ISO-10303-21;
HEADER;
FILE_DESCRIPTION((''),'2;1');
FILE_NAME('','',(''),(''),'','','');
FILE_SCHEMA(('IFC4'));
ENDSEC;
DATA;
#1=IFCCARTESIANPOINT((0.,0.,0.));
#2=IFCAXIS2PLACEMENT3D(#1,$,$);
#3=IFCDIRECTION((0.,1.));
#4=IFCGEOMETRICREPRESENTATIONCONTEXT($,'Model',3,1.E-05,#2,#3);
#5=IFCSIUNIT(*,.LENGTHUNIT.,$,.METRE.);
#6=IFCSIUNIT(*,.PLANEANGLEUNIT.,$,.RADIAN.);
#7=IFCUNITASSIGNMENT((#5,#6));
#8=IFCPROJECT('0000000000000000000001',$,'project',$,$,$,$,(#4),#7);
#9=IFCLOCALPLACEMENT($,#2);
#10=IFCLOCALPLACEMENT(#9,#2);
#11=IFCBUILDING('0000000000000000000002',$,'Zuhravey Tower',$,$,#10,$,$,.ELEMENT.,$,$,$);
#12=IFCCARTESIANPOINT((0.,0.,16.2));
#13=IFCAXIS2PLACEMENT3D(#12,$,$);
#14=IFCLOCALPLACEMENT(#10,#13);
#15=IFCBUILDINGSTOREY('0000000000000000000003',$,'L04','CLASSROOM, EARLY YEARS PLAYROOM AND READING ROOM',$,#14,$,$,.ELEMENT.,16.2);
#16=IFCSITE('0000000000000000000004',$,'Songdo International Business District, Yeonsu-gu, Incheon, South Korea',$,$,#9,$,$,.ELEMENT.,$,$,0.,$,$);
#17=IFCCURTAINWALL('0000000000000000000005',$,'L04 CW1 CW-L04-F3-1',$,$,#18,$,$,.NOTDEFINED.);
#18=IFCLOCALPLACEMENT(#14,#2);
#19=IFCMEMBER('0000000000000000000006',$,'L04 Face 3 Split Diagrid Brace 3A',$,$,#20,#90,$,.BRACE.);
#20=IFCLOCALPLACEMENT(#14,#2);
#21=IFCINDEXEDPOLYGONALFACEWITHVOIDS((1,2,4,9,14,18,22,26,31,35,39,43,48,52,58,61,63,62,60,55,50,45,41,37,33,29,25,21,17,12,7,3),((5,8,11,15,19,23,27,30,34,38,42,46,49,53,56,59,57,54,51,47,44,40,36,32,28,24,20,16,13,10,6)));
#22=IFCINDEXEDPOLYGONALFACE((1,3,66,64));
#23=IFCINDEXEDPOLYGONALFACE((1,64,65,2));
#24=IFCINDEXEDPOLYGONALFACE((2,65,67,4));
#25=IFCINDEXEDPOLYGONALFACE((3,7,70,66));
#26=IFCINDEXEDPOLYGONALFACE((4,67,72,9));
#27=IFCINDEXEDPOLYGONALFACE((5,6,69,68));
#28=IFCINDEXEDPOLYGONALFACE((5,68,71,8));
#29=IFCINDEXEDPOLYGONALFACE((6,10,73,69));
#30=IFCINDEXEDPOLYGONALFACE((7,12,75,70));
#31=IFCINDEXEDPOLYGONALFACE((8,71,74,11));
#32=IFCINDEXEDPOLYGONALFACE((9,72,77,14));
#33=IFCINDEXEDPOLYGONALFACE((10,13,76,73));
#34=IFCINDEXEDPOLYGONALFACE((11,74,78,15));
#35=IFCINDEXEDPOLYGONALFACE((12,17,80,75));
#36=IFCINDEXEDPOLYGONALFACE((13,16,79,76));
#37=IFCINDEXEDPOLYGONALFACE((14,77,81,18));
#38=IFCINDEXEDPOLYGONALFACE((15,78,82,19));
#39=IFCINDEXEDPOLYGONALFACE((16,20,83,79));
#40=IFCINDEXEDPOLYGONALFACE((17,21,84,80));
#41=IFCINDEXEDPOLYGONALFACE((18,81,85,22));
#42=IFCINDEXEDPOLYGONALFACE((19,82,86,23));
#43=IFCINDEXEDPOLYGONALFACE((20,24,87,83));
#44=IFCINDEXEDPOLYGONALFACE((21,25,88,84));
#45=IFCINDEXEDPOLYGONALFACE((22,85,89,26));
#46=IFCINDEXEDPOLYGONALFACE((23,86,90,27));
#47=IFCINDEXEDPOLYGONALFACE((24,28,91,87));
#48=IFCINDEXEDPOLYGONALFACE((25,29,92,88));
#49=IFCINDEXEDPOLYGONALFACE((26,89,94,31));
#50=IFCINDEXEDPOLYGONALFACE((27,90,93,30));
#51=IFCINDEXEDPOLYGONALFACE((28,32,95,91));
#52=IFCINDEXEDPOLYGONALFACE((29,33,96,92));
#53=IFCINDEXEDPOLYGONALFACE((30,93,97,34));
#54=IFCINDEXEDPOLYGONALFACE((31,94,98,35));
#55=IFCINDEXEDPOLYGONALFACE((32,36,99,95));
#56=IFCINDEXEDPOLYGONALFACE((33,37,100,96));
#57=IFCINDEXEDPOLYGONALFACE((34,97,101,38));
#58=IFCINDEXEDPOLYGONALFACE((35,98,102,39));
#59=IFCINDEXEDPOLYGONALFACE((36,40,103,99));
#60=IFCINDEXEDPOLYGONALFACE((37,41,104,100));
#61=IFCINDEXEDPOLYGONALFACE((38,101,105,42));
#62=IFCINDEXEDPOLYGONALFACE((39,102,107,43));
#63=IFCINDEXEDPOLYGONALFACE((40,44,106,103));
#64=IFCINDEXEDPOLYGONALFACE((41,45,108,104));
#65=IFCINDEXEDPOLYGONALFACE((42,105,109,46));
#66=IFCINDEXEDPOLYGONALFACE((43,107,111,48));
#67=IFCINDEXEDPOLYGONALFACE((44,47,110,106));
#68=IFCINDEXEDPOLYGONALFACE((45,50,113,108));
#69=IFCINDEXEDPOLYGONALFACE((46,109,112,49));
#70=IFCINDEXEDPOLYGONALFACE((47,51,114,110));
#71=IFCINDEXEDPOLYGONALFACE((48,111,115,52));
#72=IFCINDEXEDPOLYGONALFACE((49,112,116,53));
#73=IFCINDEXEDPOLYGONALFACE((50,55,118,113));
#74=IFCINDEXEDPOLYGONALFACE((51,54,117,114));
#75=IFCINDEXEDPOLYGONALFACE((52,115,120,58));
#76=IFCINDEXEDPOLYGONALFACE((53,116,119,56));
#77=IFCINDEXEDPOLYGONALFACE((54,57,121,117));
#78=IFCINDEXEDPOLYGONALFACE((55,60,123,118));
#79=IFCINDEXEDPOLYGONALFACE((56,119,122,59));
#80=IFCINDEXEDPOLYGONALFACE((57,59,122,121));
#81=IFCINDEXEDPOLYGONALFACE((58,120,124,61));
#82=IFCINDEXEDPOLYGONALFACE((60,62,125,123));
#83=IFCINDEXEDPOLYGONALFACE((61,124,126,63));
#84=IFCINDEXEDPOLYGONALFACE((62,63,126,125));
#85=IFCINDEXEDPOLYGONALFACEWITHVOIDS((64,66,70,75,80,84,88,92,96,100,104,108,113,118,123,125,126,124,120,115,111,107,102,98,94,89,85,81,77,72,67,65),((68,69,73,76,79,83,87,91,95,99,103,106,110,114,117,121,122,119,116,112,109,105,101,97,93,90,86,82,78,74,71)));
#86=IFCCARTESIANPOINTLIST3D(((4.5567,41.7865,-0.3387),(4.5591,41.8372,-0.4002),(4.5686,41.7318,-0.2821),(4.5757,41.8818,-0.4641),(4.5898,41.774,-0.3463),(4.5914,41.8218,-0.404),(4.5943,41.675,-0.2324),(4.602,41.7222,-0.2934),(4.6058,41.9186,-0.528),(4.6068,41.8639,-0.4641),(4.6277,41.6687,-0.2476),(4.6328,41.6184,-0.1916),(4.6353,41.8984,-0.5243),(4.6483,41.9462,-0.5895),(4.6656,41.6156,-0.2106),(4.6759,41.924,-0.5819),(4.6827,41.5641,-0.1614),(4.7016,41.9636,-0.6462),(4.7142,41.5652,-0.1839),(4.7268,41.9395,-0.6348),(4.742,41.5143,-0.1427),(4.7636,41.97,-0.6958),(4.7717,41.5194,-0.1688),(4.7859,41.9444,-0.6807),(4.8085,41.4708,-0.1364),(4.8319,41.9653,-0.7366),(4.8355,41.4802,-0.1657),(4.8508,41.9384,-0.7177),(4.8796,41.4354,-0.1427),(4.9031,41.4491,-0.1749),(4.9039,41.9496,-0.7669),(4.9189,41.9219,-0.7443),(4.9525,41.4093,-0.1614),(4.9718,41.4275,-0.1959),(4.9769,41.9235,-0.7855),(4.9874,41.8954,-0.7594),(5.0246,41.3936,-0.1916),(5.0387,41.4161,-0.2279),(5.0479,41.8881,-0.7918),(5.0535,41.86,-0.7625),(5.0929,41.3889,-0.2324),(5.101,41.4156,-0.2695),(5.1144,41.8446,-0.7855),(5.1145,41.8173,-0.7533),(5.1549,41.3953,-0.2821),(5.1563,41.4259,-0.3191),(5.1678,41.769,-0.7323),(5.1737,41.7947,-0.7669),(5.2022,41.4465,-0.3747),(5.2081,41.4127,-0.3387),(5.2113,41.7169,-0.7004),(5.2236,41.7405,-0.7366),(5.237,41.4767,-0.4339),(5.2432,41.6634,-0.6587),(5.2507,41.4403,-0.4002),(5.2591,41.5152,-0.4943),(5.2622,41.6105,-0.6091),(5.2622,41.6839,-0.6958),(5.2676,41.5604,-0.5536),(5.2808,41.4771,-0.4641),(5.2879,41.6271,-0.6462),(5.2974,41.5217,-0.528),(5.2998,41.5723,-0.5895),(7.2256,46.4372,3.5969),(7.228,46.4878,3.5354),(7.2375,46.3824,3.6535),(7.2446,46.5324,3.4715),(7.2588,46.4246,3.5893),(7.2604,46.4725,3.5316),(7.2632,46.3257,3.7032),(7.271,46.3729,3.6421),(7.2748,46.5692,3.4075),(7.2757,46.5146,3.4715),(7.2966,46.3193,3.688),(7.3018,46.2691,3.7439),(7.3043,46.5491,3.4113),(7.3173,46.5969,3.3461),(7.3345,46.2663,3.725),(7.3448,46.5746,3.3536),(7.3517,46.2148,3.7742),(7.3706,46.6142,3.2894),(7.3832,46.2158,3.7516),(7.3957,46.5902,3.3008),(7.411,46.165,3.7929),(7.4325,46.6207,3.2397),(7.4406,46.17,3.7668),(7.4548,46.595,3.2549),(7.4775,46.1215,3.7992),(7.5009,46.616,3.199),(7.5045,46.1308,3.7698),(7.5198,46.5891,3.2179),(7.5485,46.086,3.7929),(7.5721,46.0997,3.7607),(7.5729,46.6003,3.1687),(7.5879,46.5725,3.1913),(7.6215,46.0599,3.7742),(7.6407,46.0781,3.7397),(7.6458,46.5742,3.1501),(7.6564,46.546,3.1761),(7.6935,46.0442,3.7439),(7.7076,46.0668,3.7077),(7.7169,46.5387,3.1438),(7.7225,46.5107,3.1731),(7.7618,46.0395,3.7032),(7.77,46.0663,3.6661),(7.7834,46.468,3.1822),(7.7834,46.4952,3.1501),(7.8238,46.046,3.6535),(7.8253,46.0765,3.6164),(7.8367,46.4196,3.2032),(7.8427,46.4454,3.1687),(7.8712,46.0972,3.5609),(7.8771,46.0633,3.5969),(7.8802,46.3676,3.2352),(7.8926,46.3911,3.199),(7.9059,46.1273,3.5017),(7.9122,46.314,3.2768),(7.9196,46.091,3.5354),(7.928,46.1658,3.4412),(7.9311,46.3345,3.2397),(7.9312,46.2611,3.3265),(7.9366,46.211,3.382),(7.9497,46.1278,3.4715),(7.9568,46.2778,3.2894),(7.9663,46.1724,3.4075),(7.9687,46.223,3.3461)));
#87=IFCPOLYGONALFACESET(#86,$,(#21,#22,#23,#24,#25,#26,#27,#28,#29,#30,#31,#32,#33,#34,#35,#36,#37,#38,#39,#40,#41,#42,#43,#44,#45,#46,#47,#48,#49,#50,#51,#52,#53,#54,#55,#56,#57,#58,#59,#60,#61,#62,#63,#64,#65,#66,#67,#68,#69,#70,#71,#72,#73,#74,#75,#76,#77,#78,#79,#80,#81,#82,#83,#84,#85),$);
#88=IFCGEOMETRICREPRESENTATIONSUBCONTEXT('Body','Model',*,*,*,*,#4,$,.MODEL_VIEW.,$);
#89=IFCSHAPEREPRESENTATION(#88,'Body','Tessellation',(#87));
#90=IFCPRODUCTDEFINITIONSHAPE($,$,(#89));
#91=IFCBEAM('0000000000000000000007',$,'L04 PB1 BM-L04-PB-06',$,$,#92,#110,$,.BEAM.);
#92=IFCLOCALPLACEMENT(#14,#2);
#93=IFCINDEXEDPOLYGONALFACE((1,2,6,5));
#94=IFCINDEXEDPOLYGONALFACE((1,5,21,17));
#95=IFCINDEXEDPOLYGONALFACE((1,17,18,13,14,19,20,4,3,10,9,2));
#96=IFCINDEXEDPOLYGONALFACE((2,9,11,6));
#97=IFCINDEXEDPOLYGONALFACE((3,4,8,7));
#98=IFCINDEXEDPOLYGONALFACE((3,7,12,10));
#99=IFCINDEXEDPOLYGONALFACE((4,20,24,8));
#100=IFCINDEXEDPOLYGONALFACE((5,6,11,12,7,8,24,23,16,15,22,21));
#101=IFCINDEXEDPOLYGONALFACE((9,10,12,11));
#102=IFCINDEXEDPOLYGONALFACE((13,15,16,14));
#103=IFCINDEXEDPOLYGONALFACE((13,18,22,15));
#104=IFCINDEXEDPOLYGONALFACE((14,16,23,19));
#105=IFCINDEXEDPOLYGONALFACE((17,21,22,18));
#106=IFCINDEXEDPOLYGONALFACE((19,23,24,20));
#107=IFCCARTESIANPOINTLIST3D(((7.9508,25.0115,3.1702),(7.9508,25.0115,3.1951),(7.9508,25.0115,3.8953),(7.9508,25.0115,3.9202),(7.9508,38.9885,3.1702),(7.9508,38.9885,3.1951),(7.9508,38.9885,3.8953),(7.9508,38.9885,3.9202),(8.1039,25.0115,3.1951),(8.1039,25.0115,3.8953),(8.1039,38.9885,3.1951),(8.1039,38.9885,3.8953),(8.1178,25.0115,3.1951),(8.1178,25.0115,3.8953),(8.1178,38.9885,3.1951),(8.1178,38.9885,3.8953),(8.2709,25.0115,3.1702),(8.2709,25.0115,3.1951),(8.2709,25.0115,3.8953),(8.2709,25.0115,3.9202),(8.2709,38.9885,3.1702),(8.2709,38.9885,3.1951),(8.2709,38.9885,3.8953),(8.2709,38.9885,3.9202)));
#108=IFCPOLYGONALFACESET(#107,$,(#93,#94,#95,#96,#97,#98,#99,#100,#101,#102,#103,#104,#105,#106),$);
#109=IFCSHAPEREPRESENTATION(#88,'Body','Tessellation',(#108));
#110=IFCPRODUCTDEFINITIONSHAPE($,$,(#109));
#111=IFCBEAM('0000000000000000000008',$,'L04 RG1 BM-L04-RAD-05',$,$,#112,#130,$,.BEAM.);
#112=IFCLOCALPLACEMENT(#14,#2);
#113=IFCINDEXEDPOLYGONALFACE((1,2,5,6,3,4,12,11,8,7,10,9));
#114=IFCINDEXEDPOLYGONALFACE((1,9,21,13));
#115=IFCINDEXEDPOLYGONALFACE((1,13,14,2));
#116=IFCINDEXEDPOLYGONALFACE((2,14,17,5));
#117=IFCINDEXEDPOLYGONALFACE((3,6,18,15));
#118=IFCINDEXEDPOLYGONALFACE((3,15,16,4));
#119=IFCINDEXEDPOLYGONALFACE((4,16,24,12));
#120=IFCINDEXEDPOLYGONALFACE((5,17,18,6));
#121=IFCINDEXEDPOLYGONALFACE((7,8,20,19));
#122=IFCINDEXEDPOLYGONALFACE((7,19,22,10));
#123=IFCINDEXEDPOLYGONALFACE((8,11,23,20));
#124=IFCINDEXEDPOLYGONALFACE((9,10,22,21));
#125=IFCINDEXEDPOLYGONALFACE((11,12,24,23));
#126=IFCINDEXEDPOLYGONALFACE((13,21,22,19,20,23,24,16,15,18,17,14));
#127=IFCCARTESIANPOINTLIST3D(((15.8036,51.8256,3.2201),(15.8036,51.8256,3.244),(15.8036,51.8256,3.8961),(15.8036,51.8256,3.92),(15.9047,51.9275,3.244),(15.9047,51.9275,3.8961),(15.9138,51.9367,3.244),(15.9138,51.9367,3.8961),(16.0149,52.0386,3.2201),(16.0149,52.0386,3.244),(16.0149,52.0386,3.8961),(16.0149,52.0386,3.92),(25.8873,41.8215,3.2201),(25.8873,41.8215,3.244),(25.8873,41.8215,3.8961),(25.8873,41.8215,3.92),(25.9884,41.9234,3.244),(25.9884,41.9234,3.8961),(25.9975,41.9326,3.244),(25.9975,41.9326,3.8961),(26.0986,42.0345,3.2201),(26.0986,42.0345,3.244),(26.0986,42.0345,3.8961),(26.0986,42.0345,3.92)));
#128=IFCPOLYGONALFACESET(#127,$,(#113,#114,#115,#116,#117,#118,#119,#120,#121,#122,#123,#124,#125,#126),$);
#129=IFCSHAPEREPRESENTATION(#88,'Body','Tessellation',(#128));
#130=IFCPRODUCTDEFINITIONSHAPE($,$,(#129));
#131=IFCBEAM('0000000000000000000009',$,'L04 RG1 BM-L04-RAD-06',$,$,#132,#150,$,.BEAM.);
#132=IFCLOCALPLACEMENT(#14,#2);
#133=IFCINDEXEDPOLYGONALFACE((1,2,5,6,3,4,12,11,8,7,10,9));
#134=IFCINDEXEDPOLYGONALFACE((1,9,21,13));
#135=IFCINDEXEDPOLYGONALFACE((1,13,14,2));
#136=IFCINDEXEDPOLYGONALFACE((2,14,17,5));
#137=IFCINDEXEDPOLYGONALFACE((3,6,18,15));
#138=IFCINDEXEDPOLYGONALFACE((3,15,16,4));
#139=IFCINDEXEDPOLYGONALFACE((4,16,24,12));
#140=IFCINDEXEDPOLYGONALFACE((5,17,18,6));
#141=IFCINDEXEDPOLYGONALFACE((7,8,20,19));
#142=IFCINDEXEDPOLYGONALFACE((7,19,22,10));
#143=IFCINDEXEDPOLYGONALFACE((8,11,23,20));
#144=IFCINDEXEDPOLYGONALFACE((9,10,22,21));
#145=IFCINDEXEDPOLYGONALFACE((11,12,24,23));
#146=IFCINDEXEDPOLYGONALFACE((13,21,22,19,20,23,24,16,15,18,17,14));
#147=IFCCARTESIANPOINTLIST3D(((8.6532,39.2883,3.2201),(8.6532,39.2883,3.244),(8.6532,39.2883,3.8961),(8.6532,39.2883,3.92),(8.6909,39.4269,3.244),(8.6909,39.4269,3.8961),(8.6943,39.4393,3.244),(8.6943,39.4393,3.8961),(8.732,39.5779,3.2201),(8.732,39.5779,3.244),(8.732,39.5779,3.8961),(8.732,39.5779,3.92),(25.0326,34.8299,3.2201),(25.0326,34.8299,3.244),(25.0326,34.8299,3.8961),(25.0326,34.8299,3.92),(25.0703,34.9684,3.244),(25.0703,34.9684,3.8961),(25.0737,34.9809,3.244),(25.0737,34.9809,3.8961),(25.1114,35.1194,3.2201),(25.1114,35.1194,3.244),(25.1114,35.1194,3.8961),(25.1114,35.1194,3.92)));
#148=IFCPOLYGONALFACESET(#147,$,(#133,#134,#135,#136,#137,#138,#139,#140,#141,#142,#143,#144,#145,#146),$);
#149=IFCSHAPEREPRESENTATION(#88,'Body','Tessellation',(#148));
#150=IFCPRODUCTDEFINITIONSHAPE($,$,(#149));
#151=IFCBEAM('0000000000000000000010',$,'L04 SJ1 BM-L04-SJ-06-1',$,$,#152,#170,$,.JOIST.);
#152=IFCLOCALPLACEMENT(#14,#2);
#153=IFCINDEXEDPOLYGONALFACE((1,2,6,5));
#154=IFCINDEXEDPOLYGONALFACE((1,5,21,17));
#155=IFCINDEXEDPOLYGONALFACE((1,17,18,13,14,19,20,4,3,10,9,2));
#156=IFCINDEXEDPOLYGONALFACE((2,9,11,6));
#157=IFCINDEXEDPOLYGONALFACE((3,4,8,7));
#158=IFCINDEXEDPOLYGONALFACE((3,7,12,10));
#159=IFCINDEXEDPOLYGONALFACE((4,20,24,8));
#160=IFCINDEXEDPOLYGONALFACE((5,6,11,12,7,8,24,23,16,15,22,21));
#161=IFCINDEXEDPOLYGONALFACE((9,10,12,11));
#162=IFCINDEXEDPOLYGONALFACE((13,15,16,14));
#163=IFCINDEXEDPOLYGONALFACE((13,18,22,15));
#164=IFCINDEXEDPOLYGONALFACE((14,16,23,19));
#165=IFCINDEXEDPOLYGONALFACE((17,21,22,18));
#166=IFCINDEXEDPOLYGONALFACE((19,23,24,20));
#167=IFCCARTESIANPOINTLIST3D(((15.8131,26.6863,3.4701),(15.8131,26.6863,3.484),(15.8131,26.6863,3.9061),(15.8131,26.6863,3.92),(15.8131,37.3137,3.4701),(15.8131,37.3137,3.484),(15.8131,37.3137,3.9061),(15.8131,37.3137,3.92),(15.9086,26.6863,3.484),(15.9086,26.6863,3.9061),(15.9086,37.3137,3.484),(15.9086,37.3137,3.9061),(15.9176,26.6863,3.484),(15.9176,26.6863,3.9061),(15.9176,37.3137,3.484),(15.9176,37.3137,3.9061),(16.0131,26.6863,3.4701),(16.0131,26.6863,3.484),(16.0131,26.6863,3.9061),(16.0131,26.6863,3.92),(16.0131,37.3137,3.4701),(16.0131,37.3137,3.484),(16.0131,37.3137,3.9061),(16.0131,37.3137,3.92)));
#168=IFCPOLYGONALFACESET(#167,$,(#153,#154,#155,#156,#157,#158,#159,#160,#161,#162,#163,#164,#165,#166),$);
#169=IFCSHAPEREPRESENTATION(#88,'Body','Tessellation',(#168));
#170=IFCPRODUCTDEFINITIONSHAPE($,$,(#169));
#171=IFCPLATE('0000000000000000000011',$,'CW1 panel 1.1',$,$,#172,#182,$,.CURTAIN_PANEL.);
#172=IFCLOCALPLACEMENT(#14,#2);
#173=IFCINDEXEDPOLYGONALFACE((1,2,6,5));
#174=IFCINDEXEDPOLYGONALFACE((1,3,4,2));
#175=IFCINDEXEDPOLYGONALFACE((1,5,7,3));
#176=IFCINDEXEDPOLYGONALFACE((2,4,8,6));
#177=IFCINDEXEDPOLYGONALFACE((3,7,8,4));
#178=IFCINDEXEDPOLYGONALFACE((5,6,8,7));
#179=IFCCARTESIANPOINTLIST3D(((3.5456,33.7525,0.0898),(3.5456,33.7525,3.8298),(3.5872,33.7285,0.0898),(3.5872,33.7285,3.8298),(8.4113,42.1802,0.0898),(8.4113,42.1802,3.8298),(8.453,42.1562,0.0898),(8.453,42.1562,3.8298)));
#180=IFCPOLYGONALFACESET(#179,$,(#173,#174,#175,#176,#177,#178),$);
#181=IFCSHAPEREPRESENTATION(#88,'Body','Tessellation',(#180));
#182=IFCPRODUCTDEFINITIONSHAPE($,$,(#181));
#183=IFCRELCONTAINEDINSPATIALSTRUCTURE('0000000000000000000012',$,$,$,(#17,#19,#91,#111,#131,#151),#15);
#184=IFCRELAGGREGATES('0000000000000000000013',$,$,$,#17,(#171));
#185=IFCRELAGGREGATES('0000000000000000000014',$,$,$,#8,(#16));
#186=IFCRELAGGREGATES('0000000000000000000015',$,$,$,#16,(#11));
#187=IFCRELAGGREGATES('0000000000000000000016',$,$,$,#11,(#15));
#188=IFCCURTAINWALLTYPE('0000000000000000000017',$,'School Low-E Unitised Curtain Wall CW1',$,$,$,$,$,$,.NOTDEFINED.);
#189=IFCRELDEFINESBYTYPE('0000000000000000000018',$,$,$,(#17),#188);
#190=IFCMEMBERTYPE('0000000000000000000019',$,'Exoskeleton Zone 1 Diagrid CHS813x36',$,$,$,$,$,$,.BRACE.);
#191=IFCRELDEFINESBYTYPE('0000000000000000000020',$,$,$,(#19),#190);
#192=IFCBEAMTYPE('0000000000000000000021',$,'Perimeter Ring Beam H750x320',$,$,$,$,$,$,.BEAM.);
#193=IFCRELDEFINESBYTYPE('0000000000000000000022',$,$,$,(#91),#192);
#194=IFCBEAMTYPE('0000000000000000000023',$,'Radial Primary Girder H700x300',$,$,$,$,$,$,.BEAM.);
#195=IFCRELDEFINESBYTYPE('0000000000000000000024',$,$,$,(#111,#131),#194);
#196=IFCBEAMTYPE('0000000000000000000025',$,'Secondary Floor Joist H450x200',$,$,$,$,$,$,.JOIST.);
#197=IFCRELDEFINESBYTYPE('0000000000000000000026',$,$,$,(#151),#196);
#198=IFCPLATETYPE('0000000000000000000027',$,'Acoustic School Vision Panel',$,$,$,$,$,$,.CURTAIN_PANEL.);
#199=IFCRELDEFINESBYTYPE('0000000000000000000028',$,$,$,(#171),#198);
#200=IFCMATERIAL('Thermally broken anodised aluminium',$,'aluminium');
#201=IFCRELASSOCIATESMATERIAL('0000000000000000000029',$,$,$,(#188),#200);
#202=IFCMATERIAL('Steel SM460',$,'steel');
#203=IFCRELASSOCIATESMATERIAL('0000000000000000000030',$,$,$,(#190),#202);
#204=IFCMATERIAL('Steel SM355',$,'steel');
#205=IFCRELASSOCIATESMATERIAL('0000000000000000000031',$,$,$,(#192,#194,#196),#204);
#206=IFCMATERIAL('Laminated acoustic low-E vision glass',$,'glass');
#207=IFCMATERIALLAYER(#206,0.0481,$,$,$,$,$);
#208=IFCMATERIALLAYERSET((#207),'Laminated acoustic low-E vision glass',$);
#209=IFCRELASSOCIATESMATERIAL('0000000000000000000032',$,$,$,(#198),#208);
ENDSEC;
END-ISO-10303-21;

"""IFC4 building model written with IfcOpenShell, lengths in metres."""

from ifc_helpers import new_model, si_unit, direction, frame, origin, origin_2d, place, context, subcontext, project, spatial, rectangle, hollow_circle, i_section, extrude, material, layer, layer_set, material_profile, profile_set, type_object, element, aggregate, save


model = new_model("IFC4")

# Units and contexts
model_context = context("Model", 3, precision=1e-05, world=origin(), true_north=direction((0.0, 1.0)))
body_context = subcontext(model_context, "Body", "Model", "MODEL_VIEW")
ifc_project = project(units=[si_unit("LENGTHUNIT", "METRE"), si_unit("PLANEANGLEUNIT", "RADIAN")], contexts=[model_context])

# Site, building, storey
site_placement = place(None, origin())
site = spatial("IfcSite", under=ifc_project, at=site_placement, Name="Songdo International Business District, Yeonsu-gu, Incheon, South Korea", CompositionType="ELEMENT", RefElevation=0.0)
building_placement = place(site_placement, origin())
building = spatial("IfcBuilding", under=site, at=building_placement, Name="Zuhravey Tower", CompositionType="ELEMENT")
storey_placement = place(building_placement, frame((0.0, 0.0, 16.2)))
storey = spatial("IfcBuildingStorey", under=building, at=storey_placement, Name="L04", Description="CLASSROOM, EARLY YEARS PLAYROOM AND READING ROOM", CompositionType="ELEMENT", Elevation=16.2)

# Curtain wall
ifc_material_1 = material(Name="Thermally broken anodised aluminium", Category="aluminium")
curtain_wall_type = type_object("IfcCurtainWallType", Name="School Low-E Unitised Curtain Wall CW1", PredefinedType="NOTDEFINED", material=ifc_material_1)
curtain_wall_placement = place(storey_placement, origin())
curtain_wall = element("IfcCurtainWall", 1, at=curtain_wall_placement, inside=storey, type_object=curtain_wall_type, Name="L04 CW1 CW-L04-F3-1", PredefinedType="NOTDEFINED")

# Member
ifc_material_2 = material(Name="Steel SM460", Category="steel")
ifc_material_profile_1 = material_profile(ifc_material_2, hollow_circle(Radius=0.4065, WallThickness=0.0359, at=origin_2d()), Name="CHS-812.8x36")
ifc_profile_set_1 = profile_set([ifc_material_profile_1], Name="Steel SM460")
member_type_1 = type_object("IfcMemberType", Name="Exoskeleton Zone 1 Diagrid CHS813x36", PredefinedType="BRACE", material=ifc_profile_set_1)
member_1_placement = place(storey_placement, frame((4.9282, 41.6794, -0.4641), z_axis=(0.401265, 0.699204, 0.591693), x_axis=(-0.867323, 0.497746, 0.0)))
element("IfcMember", 2, at=member_1_placement, inside=storey, type_object=member_type_1, Name="L04 Face 3 Split Diagrid Brace 3A", PredefinedType="BRACE", context=body_context, shape_type="SweptSolid", body=[
    extrude(hollow_circle(Radius=0.4065, WallThickness=0.0359, at=origin_2d()), origin(), (0.0, 0.0, 1.0), 6.6514),
])

# Beams
ifc_material_3 = material(Name="Steel SM355", Category="steel")
ifc_material_profile_2 = material_profile(ifc_material_3, i_section(OverallWidth=0.3201, OverallDepth=0.75, WebThickness=0.0139, FlangeThickness=0.0249, at=origin_2d()), Name="H-750x320x14x25")
ifc_profile_set_2 = profile_set([ifc_material_profile_2], Name="Steel SM355")
beam_type_1 = type_object("IfcBeamType", Name="Perimeter Ring Beam H750x320", PredefinedType="BEAM", material=ifc_profile_set_2)
beam_1_placement = place(storey_placement, frame((8.1108, 38.9885, 3.5452), z_axis=(0.0, -1.0, 0.0), x_axis=(1.0, 0.0, 0.0)))
element("IfcBeam", 3, at=beam_1_placement, inside=storey, type_object=beam_type_1, Name="L04 PB1 BM-L04-PB-06", PredefinedType="BEAM", context=body_context, shape_type="SweptSolid", body=[
    extrude(i_section(OverallWidth=0.3201, OverallDepth=0.75, WebThickness=0.0139, FlangeThickness=0.0249, at=origin_2d()), origin(), (0.0, 0.0, 1.0), 13.9771),
])
ifc_material_profile_3 = material_profile(ifc_material_3, i_section(OverallWidth=0.3, OverallDepth=0.7, WebThickness=0.0129, FlangeThickness=0.0239, at=origin_2d()), Name="H-700x300x13x24")
ifc_profile_set_3 = profile_set([ifc_material_profile_3], Name="Steel SM355")
beam_type_2 = type_object("IfcBeamType", Name="Radial Primary Girder H700x300", PredefinedType="BEAM", material=ifc_profile_set_3)
beam_2_placement = place(storey_placement, frame((25.9929, 41.928, 3.5701), z_axis=(-0.709903, 0.7043, 0.0), x_axis=(-0.7043, -0.709903, 0.0)))
element("IfcBeam", 4, at=beam_2_placement, inside=storey, type_object=beam_type_2, Name="L04 RG1 BM-L04-RAD-05", PredefinedType="BEAM", context=body_context, shape_type="SweptSolid", body=[
    extrude(i_section(OverallWidth=0.3, OverallDepth=0.7, WebThickness=0.0129, FlangeThickness=0.0239, at=origin_2d()), origin(), (0.0, 0.0, 1.0), 14.2043),
])
beam_3_placement = place(storey_placement, frame((25.072, 34.9746, 3.5701), z_axis=(-0.964892, 0.262645, 0.0), x_axis=(-0.262645, -0.964892, 0.0)))
element("IfcBeam", 5, at=beam_3_placement, inside=storey, type_object=beam_type_2, Name="L04 RG1 BM-L04-RAD-06", PredefinedType="BEAM", context=body_context, shape_type="SweptSolid", body=[
    extrude(i_section(OverallWidth=0.3, OverallDepth=0.7, WebThickness=0.0129, FlangeThickness=0.0239, at=origin_2d()), origin(), (0.0, 0.0, 1.0), 16.9753),
])
ifc_material_profile_4 = material_profile(ifc_material_3, i_section(OverallWidth=0.2, OverallDepth=0.45, WebThickness=0.009, FlangeThickness=0.0139, at=origin_2d()), Name="H-450x200x9x14")
ifc_profile_set_4 = profile_set([ifc_material_profile_4], Name="Steel SM355")
beam_type_3 = type_object("IfcBeamType", Name="Secondary Floor Joist H450x200", PredefinedType="JOIST", material=ifc_profile_set_4)
beam_4_placement = place(storey_placement, frame((15.9131, 37.3137, 3.6951), z_axis=(0.0, -1.0, 0.0), x_axis=(1.0, 0.0, 0.0)))
element("IfcBeam", 6, at=beam_4_placement, inside=storey, type_object=beam_type_3, Name="L04 SJ1 BM-L04-SJ-06-1", PredefinedType="JOIST", context=body_context, shape_type="SweptSolid", body=[
    extrude(i_section(OverallWidth=0.2, OverallDepth=0.45, WebThickness=0.009, FlangeThickness=0.0139, at=origin_2d()), origin(), (0.0, 0.0, 1.0), 10.6274),
])

# Plate
ifc_material_4 = material(Name="Laminated acoustic low-E vision glass", Category="glass")
ifc_layer_1 = layer(ifc_material_4, 0.0481)
ifc_layer_set_1 = layer_set([ifc_layer_1], Name="Laminated acoustic low-E vision glass")
plate_type_1 = type_object("IfcPlateType", Name="Acoustic School Vision Panel", PredefinedType="CURTAIN_PANEL", material=ifc_layer_set_1)
plate_1_placement = place(storey_placement, frame((5.9993, 37.9543, 0.0898), z_axis=(0.0, 0.0, 1.0), x_axis=(0.5, 0.866026, 0.0)))
plate_1 = element("IfcPlate", 7, at=plate_1_placement, type_object=plate_type_1, Name="CW1 panel 1.1", PredefinedType="CURTAIN_PANEL", context=body_context, shape_type="SweptSolid", body=[
    extrude(rectangle(XDim=9.7314, YDim=0.0481, at=origin_2d()), origin(), (0.0, 0.0, 1.0), 3.74),
])
aggregate(curtain_wall, [plate_1])

save(model, "model.ifc")
